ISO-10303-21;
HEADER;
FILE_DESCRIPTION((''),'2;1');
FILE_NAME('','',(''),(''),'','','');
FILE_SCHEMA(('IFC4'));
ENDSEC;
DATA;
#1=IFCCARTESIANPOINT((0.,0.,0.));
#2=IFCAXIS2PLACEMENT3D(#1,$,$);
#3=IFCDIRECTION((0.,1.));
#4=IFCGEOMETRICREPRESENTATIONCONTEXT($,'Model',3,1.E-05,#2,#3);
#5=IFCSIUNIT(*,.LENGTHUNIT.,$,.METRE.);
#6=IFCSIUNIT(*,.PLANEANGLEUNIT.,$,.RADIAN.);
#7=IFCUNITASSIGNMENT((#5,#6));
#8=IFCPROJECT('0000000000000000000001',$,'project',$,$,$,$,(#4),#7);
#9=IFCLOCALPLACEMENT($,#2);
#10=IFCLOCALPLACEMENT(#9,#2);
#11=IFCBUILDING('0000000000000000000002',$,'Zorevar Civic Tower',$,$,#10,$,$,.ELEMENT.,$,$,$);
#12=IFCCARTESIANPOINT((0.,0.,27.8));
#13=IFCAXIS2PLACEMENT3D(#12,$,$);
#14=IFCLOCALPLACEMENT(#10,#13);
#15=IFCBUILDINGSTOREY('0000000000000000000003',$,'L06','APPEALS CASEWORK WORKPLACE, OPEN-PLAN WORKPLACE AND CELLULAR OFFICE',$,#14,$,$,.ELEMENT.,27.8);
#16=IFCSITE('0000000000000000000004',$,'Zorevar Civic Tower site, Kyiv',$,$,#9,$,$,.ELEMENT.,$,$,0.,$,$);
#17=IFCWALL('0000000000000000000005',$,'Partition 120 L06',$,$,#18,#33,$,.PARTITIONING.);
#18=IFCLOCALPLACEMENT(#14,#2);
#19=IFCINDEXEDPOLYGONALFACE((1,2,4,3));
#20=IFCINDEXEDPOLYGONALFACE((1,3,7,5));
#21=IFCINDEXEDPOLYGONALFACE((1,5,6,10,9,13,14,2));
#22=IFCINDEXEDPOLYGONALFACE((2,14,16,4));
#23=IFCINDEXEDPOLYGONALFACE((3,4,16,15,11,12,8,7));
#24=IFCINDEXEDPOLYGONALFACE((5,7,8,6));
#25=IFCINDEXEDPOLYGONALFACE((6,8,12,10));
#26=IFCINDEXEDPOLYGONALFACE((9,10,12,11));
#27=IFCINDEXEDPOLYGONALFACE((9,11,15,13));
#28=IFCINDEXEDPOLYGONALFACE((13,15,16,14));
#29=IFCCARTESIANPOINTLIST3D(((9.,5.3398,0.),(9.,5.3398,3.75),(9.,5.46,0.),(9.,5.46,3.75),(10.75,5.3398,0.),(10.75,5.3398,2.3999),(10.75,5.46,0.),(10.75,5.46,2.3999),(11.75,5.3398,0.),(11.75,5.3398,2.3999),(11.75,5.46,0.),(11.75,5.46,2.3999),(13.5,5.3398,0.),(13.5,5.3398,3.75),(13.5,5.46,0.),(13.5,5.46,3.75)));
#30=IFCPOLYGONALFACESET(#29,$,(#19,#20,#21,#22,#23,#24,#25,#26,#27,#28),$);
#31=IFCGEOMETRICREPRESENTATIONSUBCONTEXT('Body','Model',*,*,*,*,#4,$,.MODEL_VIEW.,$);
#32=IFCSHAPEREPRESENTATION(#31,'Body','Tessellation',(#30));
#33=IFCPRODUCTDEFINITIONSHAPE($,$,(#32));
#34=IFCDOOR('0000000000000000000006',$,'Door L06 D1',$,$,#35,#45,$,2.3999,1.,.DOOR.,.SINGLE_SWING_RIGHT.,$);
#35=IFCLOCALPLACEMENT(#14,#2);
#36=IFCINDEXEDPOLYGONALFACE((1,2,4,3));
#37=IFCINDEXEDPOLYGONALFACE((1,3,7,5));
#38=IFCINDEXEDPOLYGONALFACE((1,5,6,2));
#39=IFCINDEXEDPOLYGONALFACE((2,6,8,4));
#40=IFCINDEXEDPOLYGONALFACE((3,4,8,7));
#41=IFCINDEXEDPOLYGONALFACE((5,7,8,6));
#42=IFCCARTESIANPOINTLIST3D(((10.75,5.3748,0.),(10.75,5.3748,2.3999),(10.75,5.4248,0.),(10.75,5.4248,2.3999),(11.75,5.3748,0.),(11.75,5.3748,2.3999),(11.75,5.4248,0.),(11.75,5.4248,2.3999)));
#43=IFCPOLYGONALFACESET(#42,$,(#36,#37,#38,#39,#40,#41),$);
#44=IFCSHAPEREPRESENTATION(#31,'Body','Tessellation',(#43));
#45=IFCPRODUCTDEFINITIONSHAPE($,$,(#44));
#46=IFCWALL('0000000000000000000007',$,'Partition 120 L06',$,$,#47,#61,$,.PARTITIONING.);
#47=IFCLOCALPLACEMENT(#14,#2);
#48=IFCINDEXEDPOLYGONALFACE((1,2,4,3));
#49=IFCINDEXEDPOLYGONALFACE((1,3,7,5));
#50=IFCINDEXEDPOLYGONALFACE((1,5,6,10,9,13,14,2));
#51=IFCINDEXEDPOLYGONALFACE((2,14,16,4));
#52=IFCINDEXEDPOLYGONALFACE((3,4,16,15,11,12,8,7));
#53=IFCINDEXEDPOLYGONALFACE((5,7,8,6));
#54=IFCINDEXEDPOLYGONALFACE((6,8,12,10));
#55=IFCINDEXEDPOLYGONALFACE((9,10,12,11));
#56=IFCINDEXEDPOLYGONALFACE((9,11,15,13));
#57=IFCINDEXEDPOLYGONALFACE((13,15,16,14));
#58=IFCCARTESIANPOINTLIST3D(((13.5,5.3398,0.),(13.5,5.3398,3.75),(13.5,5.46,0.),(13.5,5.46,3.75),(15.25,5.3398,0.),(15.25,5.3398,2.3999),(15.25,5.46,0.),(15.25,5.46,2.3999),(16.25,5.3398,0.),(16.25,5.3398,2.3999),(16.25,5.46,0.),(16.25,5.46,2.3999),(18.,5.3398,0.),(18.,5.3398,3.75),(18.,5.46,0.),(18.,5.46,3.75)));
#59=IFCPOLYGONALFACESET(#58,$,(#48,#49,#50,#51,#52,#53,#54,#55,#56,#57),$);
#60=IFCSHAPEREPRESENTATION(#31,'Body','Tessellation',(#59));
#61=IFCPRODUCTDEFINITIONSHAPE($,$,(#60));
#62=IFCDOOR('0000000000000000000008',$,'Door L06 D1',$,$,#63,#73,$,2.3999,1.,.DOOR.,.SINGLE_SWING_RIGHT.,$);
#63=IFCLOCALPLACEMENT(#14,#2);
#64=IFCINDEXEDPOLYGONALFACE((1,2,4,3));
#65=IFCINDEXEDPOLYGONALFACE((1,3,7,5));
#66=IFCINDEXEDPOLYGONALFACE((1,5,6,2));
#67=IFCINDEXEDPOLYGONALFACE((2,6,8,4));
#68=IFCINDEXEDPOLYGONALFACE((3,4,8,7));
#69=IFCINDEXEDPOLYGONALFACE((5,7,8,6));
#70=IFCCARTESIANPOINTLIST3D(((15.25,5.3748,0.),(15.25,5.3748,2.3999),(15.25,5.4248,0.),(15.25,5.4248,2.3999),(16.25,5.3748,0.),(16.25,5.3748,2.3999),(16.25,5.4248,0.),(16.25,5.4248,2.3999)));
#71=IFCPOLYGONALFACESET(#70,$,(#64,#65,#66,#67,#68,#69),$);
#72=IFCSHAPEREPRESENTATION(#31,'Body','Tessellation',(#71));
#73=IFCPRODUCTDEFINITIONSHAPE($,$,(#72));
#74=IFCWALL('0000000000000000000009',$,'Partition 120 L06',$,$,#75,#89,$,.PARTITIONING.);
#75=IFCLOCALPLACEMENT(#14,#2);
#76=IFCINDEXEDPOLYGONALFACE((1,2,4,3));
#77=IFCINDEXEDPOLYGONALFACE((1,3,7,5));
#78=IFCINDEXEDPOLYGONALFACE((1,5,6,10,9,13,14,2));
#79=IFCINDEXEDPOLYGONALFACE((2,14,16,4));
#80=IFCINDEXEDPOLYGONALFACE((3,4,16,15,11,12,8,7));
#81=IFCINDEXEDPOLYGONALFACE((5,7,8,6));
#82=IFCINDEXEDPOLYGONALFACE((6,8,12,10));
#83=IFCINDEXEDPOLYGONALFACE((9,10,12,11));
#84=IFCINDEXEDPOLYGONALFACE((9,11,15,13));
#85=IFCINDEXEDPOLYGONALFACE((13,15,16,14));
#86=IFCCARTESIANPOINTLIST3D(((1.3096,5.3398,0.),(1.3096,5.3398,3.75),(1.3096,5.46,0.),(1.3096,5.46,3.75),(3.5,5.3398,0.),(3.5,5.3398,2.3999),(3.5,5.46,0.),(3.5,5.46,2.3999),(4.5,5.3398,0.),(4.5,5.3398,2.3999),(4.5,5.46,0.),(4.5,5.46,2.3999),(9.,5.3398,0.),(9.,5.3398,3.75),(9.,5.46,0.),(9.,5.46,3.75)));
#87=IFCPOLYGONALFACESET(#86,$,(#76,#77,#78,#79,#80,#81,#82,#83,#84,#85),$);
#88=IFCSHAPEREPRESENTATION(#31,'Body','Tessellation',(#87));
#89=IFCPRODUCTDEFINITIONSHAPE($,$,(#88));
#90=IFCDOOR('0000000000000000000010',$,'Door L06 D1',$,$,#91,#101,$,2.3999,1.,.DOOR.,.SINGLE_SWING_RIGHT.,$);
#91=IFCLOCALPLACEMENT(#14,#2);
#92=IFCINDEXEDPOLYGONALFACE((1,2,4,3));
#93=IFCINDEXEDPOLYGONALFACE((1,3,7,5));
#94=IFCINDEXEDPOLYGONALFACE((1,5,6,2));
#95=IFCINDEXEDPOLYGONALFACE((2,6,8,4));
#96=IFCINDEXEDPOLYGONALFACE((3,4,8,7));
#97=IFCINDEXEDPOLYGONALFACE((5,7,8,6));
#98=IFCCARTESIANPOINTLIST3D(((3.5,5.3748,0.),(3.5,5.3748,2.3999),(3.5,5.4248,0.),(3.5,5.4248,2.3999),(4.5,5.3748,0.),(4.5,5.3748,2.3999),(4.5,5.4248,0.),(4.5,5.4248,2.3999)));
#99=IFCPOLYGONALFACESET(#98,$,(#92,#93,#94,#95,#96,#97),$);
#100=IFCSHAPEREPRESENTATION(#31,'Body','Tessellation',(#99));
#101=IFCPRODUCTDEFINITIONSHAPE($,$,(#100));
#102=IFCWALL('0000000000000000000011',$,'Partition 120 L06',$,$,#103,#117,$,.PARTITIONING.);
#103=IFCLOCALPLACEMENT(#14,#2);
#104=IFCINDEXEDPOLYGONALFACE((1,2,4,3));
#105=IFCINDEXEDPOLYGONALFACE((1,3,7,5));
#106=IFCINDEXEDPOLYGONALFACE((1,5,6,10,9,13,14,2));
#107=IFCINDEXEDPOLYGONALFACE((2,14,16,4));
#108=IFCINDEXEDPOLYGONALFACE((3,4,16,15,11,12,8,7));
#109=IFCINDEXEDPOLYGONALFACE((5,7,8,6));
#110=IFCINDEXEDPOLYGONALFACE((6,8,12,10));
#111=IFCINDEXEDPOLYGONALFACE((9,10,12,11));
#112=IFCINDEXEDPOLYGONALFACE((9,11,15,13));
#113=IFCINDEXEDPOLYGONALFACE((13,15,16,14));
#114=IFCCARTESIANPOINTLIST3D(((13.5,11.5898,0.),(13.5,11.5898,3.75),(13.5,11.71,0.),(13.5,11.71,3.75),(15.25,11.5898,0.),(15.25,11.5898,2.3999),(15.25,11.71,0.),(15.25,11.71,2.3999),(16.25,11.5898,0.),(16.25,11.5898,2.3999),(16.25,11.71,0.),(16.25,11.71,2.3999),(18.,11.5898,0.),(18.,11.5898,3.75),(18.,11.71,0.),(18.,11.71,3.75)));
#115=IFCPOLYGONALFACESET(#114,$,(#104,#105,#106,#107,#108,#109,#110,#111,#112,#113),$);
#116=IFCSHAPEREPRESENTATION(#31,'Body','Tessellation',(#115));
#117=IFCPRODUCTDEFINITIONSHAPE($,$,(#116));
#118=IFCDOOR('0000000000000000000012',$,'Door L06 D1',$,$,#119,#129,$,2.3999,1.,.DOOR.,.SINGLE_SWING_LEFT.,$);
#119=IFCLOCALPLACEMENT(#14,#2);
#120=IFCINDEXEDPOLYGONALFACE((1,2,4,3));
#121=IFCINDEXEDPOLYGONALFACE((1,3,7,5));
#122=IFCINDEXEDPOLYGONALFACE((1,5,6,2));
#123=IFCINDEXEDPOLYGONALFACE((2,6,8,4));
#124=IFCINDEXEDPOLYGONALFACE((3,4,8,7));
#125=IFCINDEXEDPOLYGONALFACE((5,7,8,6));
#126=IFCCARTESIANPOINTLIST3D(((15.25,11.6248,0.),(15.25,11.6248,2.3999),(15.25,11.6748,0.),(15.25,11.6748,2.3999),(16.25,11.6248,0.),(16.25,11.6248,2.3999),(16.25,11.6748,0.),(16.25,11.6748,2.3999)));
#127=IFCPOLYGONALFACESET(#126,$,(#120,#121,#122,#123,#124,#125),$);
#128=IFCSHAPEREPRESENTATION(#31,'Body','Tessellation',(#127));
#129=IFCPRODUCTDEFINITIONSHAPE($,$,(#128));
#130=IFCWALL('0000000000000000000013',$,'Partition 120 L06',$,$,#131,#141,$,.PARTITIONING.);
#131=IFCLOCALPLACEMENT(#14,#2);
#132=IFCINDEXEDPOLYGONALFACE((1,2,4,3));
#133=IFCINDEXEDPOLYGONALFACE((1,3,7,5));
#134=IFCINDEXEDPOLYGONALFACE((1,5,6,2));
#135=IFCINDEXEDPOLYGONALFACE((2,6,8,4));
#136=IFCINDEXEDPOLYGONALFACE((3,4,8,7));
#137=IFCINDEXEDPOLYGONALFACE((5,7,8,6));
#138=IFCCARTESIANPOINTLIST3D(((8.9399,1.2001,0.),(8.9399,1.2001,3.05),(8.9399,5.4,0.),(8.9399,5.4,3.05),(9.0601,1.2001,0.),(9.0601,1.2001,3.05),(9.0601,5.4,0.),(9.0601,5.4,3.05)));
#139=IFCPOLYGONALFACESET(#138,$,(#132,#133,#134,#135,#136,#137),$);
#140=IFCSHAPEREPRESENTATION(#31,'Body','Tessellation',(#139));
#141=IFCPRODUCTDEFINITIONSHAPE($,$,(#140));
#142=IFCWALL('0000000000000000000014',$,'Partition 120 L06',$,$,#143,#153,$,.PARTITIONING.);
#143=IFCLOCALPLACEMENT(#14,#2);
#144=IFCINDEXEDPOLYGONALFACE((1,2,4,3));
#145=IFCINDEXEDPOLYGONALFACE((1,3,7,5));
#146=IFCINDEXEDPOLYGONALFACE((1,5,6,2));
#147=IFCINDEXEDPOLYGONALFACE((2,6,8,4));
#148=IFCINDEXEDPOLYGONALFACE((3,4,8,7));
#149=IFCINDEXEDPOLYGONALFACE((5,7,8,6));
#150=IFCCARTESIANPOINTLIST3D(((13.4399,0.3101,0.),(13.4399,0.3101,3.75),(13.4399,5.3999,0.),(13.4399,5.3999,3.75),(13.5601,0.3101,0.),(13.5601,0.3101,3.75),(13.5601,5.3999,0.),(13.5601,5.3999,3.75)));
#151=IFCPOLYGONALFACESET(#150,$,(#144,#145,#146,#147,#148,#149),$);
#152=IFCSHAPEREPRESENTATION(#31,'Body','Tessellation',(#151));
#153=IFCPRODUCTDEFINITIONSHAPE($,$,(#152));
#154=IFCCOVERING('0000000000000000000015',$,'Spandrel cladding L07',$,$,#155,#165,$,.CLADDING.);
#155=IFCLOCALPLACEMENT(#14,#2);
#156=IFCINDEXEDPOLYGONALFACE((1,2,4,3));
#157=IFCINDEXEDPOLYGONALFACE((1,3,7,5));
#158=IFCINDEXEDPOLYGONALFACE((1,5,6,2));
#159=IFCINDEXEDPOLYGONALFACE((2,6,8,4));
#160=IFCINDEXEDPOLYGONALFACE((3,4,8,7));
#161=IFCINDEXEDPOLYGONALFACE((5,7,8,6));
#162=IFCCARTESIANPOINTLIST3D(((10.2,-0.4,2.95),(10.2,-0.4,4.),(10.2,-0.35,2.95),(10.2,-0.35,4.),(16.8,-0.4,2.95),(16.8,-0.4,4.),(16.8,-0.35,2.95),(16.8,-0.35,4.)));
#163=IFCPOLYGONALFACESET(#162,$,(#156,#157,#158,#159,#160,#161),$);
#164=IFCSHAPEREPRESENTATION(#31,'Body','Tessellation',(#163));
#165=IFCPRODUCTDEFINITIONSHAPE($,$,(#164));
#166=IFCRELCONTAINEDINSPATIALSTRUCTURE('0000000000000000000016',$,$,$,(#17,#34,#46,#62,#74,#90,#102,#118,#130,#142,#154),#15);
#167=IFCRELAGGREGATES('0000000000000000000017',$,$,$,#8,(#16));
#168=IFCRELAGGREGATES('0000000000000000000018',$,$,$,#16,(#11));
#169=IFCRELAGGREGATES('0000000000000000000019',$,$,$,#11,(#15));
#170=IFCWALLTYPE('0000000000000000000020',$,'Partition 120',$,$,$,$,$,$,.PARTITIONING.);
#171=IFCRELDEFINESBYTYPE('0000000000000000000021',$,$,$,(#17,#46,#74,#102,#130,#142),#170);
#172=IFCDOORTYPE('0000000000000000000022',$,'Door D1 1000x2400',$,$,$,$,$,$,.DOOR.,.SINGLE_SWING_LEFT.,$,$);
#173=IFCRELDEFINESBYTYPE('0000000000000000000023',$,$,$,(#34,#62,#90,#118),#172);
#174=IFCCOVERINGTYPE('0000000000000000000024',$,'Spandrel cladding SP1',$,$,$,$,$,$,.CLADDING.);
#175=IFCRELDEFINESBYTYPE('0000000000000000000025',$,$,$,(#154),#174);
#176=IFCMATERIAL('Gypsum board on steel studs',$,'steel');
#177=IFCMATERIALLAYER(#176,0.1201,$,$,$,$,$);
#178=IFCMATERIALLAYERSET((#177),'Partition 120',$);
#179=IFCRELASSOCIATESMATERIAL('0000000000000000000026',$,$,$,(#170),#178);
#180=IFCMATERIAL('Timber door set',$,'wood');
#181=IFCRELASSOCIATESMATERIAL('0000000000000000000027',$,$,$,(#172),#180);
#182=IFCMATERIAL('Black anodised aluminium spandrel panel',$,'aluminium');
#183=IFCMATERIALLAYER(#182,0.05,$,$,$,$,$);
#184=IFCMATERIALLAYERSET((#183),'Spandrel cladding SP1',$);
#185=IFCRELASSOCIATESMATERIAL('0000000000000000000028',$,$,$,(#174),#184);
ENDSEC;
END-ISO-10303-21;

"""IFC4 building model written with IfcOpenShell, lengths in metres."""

from ifc_helpers import new_model, si_unit, direction, frame, frame_2d, origin, place, context, subcontext, project, spatial, rectangle, extrude, material, layer, layer_set, type_object, element, fill, save


model = new_model("IFC4")

# Units and contexts
model_context = context("Model", 3, precision=1e-05, world=origin(), true_north=direction((0.0, 1.0)))
body_context = subcontext(model_context, "Body", "Model", "MODEL_VIEW")
ifc_project = project(units=[si_unit("LENGTHUNIT", "METRE"), si_unit("PLANEANGLEUNIT", "RADIAN")], contexts=[model_context])

# Site, building, storey
site_placement = place(None, origin())
site = spatial("IfcSite", under=ifc_project, at=site_placement, Name="Zorevar Civic Tower site, Kyiv", CompositionType="ELEMENT", RefElevation=0.0)
building_placement = place(site_placement, origin())
building = spatial("IfcBuilding", under=site, at=building_placement, Name="Zorevar Civic Tower", CompositionType="ELEMENT")
storey_placement = place(building_placement, frame((0.0, 0.0, 27.8)))
storey = spatial("IfcBuildingStorey", under=building, at=storey_placement, Name="L06", Description="APPEALS CASEWORK WORKPLACE, OPEN-PLAN WORKPLACE AND CELLULAR OFFICE", CompositionType="ELEMENT", Elevation=27.8)

# Walls, openings, doors
ifc_material_1 = material(Name="Gypsum board on steel studs", Category="steel")
ifc_layer_1 = layer(ifc_material_1, 0.1201)
ifc_layer_set_1 = layer_set([ifc_layer_1], Name="Partition 120")
wall_type_1 = type_object("IfcWallType", Name="Partition 120", PredefinedType="PARTITIONING", material=ifc_layer_set_1)
wall_1_placement = place(storey_placement, frame((9.0, 5.3999, 0.0), z_axis=(0.0, 0.0, 1.0), x_axis=(1.0, 0.0, 0.0)))
wall_1 = element("IfcWall", 1, at=wall_1_placement, inside=storey, type_object=wall_type_1, Name="Partition 120 L06", PredefinedType="PARTITIONING", context=body_context, shape_type="SweptSolid", body=[
    extrude(rectangle(XDim=4.5, YDim=0.1201, at=frame_2d((2.25, 0.0))), origin(), (0.0, 0.0, 1.0), 3.75),
])
opening_1_placement = place(wall_1_placement, frame((1.75, 0.0, 0.0)))
opening_1 = element("IfcOpeningElement", 2, at=opening_1_placement, cuts=wall_1, PredefinedType="OPENING", context=body_context, shape_type="SweptSolid", body=[
    extrude(rectangle(XDim=1.0, YDim=2.3999, at=frame_2d((0.5, 1.2))), frame((0.0, 0.0701, 0.0), z_axis=(0.0, -1.0, 0.0), x_axis=(1.0, 0.0, 0.0)), (0.0, 0.0, 1.0), 0.1401),
])
ifc_material_2 = material(Name="Timber door set", Category="wood")
door_type = type_object("IfcDoorType", Name="Door D1 1000x2400", OperationType="SINGLE_SWING_LEFT", PredefinedType="DOOR", material=ifc_material_2)
door_1_placement = place(opening_1_placement, origin())
door_1 = element("IfcDoor", 3, at=door_1_placement, inside=storey, type_object=door_type, Name="Door L06 D1", OperationType="SINGLE_SWING_RIGHT", OverallHeight=2.3999, OverallWidth=1.0, PredefinedType="DOOR", context=body_context, shape_type="SweptSolid", body=[
    extrude(rectangle(XDim=1.0, YDim=2.3999, at=frame_2d((0.5, 1.2))), frame((0.0, 0.0249, 0.0), z_axis=(0.0, -1.0, 0.0), x_axis=(1.0, 0.0, 0.0)), (0.0, 0.0, 1.0), 0.05),
])
fill(opening_1, door_1)
wall_2_placement = place(storey_placement, frame((13.5, 5.3999, 0.0), z_axis=(0.0, 0.0, 1.0), x_axis=(1.0, 0.0, 0.0)))
wall_2 = element("IfcWall", 4, at=wall_2_placement, inside=storey, type_object=wall_type_1, Name="Partition 120 L06", PredefinedType="PARTITIONING", context=body_context, shape_type="SweptSolid", body=[
    extrude(rectangle(XDim=4.5, YDim=0.1201, at=frame_2d((2.25, 0.0))), origin(), (0.0, 0.0, 1.0), 3.75),
])
opening_2_placement = place(wall_2_placement, frame((1.75, 0.0, 0.0)))
opening_2 = element("IfcOpeningElement", 5, at=opening_2_placement, cuts=wall_2, PredefinedType="OPENING", context=body_context, shape_type="SweptSolid", body=[
    extrude(rectangle(XDim=1.0, YDim=2.3999, at=frame_2d((0.5, 1.2))), frame((0.0, 0.0701, 0.0), z_axis=(0.0, -1.0, 0.0), x_axis=(1.0, 0.0, 0.0)), (0.0, 0.0, 1.0), 0.1401),
])
door_2_placement = place(opening_2_placement, origin())
door_2 = element("IfcDoor", 6, at=door_2_placement, inside=storey, type_object=door_type, Name="Door L06 D1", OperationType="SINGLE_SWING_RIGHT", OverallHeight=2.3999, OverallWidth=1.0, PredefinedType="DOOR", context=body_context, shape_type="SweptSolid", body=[
    extrude(rectangle(XDim=1.0, YDim=2.3999, at=frame_2d((0.5, 1.2))), frame((0.0, 0.0249, 0.0), z_axis=(0.0, -1.0, 0.0), x_axis=(1.0, 0.0, 0.0)), (0.0, 0.0, 1.0), 0.05),
])
fill(opening_2, door_2)
wall_3_placement = place(storey_placement, frame((1.3096, 5.3999, 0.0), z_axis=(0.0, 0.0, 1.0), x_axis=(1.0, 0.0, 0.0)))
wall_3 = element("IfcWall", 7, at=wall_3_placement, inside=storey, type_object=wall_type_1, Name="Partition 120 L06", PredefinedType="PARTITIONING", context=body_context, shape_type="SweptSolid", body=[
    extrude(rectangle(XDim=7.6904, YDim=0.1201, at=frame_2d((3.8452, 0.0))), origin(), (0.0, 0.0, 1.0), 3.75),
])
opening_3_placement = place(wall_3_placement, frame((2.1904, 0.0, 0.0)))
opening_3 = element("IfcOpeningElement", 8, at=opening_3_placement, cuts=wall_3, PredefinedType="OPENING", context=body_context, shape_type="SweptSolid", body=[
    extrude(rectangle(XDim=1.0, YDim=2.3999, at=frame_2d((0.5, 1.2))), frame((0.0, 0.0701, 0.0), z_axis=(0.0, -1.0, 0.0), x_axis=(1.0, 0.0, 0.0)), (0.0, 0.0, 1.0), 0.1401),
])
door_3_placement = place(opening_3_placement, origin())
door_3 = element("IfcDoor", 9, at=door_3_placement, inside=storey, type_object=door_type, Name="Door L06 D1", OperationType="SINGLE_SWING_RIGHT", OverallHeight=2.3999, OverallWidth=1.0, PredefinedType="DOOR", context=body_context, shape_type="SweptSolid", body=[
    extrude(rectangle(XDim=1.0, YDim=2.3999, at=frame_2d((0.5, 1.2))), frame((0.0, 0.0249, 0.0), z_axis=(0.0, -1.0, 0.0), x_axis=(1.0, 0.0, 0.0)), (0.0, 0.0, 1.0), 0.05),
])
fill(opening_3, door_3)
wall_4_placement = place(storey_placement, frame((13.5, 11.6499, 0.0), z_axis=(0.0, 0.0, 1.0), x_axis=(1.0, 0.0, 0.0)))
wall_4 = element("IfcWall", 10, at=wall_4_placement, inside=storey, type_object=wall_type_1, Name="Partition 120 L06", PredefinedType="PARTITIONING", context=body_context, shape_type="SweptSolid", body=[
    extrude(rectangle(XDim=4.5, YDim=0.1201, at=frame_2d((2.25, 0.0))), origin(), (0.0, 0.0, 1.0), 3.75),
])
opening_4_placement = place(wall_4_placement, frame((1.75, 0.0, 0.0)))
opening_4 = element("IfcOpeningElement", 11, at=opening_4_placement, cuts=wall_4, PredefinedType="OPENING", context=body_context, shape_type="SweptSolid", body=[
    extrude(rectangle(XDim=1.0, YDim=2.3999, at=frame_2d((0.5, 1.2))), frame((0.0, 0.0701, 0.0), z_axis=(0.0, -1.0, 0.0), x_axis=(1.0, 0.0, 0.0)), (0.0, 0.0, 1.0), 0.1401),
])
door_4_placement = place(opening_4_placement, origin())
door_4 = element("IfcDoor", 12, at=door_4_placement, inside=storey, type_object=door_type, Name="Door L06 D1", OperationType="SINGLE_SWING_LEFT", OverallHeight=2.3999, OverallWidth=1.0, PredefinedType="DOOR", context=body_context, shape_type="SweptSolid", body=[
    extrude(rectangle(XDim=1.0, YDim=2.3999, at=frame_2d((0.5, 1.2))), frame((0.0, 0.0249, 0.0), z_axis=(0.0, -1.0, 0.0), x_axis=(1.0, 0.0, 0.0)), (0.0, 0.0, 1.0), 0.05),
])
fill(opening_4, door_4)

# Walls
wall_5_placement = place(storey_placement, frame((9.0, 1.2, 0.0), z_axis=(0.0, 0.0, 1.0), x_axis=(0.0, 1.0, 0.0)))
element("IfcWall", 13, at=wall_5_placement, inside=storey, type_object=wall_type_1, Name="Partition 120 L06", PredefinedType="PARTITIONING", context=body_context, shape_type="SweptSolid", body=[
    extrude(rectangle(XDim=4.2, YDim=0.1201, at=frame_2d((2.1001, 0.0))), origin(), (0.0, 0.0, 1.0), 3.05),
])
wall_6_placement = place(storey_placement, frame((13.5, 0.3101, 0.0), z_axis=(0.0, 0.0, 1.0), x_axis=(0.0, 1.0, 0.0)))
element("IfcWall", 14, at=wall_6_placement, inside=storey, type_object=wall_type_1, Name="Partition 120 L06", PredefinedType="PARTITIONING", context=body_context, shape_type="SweptSolid", body=[
    extrude(rectangle(XDim=5.0898, YDim=0.1201, at=frame_2d((2.5449, 0.0))), origin(), (0.0, 0.0, 1.0), 3.75),
])

# Covering
ifc_material_3 = material(Name="Black anodised aluminium spandrel panel", Category="aluminium")
ifc_layer_2 = layer(ifc_material_3, 0.05)
ifc_layer_set_2 = layer_set([ifc_layer_2], Name="Spandrel cladding SP1")
covering_type = type_object("IfcCoveringType", Name="Spandrel cladding SP1", PredefinedType="CLADDING", material=ifc_layer_set_2)
covering_placement = place(storey_placement, frame((10.2, -0.375, 2.95), z_axis=(0.0, 0.0, 1.0), x_axis=(1.0, 0.0, 0.0)))
element("IfcCovering", 15, at=covering_placement, inside=storey, type_object=covering_type, Name="Spandrel cladding L07", PredefinedType="CLADDING", context=body_context, shape_type="SweptSolid", body=[
    extrude(rectangle(XDim=6.6001, YDim=0.05, at=frame_2d((3.3, 0.0))), origin(), (0.0, 0.0, 1.0), 1.05),
])

save(model, "model.ifc")
